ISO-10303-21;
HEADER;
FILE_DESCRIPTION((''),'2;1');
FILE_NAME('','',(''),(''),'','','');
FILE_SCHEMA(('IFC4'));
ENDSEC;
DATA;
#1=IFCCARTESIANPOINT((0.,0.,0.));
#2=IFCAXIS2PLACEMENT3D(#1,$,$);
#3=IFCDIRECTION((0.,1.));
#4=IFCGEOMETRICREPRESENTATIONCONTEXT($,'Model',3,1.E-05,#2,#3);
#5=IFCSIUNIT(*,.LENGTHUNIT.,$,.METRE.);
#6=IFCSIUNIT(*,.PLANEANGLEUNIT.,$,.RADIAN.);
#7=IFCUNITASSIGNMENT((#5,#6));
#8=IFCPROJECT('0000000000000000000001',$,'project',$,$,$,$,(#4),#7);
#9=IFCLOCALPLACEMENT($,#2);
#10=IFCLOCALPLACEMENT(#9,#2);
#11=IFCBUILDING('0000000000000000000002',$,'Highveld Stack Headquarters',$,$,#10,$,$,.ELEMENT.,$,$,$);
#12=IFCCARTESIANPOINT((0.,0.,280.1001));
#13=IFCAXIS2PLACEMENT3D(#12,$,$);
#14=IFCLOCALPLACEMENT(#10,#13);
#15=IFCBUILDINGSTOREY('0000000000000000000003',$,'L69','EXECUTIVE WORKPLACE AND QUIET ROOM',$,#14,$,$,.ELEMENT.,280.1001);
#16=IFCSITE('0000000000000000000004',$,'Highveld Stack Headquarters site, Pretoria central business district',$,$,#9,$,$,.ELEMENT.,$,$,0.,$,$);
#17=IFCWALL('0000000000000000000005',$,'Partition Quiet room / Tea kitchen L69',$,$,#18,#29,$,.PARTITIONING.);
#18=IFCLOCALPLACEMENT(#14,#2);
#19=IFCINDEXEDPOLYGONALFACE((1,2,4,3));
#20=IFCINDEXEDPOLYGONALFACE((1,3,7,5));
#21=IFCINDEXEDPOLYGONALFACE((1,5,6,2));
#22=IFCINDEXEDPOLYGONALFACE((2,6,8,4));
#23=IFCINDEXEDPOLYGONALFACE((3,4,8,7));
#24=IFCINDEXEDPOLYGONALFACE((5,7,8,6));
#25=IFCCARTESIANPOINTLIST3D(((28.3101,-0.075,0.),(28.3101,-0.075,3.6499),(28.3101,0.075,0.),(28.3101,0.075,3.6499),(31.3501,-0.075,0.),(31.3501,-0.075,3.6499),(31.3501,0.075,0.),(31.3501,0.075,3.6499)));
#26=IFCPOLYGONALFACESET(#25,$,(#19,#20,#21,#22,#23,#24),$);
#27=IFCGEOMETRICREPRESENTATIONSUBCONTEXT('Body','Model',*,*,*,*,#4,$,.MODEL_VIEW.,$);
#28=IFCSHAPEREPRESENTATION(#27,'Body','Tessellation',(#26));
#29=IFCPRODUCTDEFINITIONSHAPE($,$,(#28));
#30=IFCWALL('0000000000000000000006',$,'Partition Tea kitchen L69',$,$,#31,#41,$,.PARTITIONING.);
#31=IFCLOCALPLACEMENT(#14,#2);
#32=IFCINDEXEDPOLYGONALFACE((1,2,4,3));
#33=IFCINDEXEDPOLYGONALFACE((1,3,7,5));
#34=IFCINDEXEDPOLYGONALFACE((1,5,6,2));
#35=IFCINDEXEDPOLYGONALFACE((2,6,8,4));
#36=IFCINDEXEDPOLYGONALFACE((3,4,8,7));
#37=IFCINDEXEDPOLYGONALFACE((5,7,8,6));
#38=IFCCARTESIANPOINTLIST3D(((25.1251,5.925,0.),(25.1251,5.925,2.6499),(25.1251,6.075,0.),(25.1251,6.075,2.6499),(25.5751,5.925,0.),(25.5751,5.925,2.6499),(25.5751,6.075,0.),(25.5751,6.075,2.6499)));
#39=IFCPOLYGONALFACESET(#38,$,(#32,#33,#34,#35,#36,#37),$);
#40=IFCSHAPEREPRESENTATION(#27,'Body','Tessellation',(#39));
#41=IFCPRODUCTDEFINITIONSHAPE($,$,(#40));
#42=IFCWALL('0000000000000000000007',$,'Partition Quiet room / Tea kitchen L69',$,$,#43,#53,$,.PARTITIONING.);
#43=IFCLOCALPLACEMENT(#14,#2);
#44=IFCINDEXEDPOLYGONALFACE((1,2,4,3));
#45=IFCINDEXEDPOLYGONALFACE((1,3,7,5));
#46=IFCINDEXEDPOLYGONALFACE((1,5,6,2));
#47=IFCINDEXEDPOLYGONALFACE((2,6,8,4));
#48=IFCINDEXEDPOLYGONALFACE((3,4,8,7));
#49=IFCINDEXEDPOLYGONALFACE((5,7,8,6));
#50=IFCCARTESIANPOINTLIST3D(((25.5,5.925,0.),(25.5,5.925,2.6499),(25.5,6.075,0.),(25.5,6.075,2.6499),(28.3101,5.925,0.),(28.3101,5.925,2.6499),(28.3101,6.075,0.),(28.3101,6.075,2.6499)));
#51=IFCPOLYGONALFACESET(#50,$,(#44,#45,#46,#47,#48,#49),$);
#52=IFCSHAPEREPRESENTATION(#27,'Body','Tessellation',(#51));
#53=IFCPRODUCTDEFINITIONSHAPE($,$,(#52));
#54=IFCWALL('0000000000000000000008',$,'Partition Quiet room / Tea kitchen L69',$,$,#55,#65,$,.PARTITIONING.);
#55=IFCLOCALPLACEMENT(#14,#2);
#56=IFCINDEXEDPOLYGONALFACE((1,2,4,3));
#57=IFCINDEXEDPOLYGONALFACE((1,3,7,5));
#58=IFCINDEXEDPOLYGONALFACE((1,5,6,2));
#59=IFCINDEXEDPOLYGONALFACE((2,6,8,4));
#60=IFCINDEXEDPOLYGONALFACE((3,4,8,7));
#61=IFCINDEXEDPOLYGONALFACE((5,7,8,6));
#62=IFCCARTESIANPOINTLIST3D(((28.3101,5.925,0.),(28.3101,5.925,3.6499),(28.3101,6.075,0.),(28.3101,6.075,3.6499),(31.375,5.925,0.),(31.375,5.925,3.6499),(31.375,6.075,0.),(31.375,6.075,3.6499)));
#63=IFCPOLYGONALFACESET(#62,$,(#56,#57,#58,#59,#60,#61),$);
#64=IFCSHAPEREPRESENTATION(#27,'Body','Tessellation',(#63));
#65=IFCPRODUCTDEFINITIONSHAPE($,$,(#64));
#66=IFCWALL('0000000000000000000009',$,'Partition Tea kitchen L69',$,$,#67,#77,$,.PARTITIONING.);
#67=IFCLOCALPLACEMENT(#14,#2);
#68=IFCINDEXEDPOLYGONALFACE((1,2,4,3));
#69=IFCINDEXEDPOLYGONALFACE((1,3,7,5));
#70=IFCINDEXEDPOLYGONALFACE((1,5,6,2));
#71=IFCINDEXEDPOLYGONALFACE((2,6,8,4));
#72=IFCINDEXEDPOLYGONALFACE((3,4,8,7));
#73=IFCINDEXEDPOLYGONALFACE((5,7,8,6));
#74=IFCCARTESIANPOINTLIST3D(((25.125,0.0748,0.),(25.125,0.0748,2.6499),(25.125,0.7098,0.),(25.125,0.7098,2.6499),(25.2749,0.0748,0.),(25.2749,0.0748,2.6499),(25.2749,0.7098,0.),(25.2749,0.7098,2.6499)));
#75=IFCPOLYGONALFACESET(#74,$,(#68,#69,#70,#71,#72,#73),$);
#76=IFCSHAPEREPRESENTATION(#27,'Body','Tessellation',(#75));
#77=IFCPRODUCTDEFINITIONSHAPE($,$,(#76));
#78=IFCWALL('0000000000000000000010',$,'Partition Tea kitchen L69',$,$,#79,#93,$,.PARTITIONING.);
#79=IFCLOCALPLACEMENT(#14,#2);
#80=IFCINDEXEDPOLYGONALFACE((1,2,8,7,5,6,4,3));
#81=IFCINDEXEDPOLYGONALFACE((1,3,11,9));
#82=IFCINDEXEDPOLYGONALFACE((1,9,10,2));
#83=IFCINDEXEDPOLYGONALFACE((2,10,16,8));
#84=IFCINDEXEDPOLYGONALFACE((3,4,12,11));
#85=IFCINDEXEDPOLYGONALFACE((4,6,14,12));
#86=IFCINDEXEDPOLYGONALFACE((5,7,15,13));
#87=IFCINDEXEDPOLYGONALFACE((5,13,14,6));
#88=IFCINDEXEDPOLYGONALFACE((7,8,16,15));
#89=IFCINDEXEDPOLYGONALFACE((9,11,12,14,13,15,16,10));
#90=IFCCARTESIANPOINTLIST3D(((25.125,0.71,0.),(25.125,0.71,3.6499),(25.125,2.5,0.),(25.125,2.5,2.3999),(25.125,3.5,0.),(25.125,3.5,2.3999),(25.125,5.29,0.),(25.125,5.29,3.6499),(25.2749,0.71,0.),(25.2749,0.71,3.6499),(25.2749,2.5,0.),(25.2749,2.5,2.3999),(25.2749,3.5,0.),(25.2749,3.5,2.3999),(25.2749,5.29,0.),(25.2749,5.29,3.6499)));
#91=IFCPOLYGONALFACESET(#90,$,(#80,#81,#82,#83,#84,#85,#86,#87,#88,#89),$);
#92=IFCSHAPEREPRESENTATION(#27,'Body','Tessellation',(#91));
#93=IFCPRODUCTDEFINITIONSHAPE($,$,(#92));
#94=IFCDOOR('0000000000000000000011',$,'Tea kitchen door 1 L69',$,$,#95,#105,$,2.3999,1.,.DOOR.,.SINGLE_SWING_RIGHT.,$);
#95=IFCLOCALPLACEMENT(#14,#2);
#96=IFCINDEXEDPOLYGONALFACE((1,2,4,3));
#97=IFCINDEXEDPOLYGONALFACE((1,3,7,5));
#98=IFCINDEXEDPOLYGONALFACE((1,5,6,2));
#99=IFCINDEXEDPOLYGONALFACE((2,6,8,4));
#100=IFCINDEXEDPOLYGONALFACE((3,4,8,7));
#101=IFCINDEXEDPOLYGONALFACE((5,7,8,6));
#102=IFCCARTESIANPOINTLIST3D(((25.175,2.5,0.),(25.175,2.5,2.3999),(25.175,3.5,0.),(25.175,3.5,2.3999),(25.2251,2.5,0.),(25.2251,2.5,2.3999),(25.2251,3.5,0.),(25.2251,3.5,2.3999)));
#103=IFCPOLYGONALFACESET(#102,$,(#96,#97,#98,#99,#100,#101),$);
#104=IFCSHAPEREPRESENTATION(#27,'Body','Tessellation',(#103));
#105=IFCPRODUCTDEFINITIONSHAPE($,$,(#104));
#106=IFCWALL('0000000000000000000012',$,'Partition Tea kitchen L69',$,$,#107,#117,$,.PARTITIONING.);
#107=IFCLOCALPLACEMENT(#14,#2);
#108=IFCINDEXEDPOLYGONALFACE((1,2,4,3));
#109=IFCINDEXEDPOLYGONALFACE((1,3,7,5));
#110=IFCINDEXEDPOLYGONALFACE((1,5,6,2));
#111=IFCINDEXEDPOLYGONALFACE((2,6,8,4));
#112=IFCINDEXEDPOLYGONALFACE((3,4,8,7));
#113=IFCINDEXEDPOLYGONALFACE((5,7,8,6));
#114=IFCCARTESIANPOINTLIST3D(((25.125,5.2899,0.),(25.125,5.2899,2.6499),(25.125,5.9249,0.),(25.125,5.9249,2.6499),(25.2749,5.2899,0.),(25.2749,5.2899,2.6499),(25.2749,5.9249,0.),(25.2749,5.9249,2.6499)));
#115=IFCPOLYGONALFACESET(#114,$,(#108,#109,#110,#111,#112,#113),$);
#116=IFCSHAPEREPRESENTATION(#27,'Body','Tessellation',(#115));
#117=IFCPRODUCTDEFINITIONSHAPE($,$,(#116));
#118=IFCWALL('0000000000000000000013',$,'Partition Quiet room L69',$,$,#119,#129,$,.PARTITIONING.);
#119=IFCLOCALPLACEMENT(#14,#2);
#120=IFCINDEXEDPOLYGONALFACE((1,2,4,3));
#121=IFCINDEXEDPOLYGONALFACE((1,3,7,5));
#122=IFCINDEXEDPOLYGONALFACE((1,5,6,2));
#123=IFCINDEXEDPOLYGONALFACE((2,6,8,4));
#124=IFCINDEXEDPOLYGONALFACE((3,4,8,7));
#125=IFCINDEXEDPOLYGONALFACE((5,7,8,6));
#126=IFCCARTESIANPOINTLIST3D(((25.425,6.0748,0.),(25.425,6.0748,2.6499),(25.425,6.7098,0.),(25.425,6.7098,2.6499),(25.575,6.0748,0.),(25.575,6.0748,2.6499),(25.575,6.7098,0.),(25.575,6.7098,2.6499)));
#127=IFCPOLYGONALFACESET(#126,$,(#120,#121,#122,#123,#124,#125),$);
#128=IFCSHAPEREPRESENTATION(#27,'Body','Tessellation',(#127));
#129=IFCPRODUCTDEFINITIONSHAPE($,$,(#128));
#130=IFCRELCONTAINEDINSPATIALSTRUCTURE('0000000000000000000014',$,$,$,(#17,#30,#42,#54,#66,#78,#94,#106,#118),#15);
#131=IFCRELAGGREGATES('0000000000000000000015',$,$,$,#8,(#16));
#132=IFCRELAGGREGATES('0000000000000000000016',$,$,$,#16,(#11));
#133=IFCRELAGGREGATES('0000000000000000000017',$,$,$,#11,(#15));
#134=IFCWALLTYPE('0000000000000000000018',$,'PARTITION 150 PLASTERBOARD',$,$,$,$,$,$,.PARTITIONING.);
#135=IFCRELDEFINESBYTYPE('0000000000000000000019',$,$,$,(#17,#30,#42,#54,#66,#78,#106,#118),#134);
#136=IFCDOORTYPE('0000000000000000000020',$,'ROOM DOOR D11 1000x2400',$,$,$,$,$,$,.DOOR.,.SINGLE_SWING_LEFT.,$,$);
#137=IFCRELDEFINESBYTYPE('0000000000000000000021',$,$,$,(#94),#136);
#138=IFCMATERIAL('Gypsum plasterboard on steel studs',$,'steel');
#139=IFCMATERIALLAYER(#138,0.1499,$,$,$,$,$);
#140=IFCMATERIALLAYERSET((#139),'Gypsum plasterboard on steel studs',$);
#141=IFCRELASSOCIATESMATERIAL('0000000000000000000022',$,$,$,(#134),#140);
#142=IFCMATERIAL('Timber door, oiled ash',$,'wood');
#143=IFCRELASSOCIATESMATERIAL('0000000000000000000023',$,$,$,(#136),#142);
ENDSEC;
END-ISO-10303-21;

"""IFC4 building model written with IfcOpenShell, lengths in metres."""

from ifc_helpers import new_model, si_unit, direction, frame, frame_2d, origin, place, context, subcontext, project, spatial, rectangle, extrude, material, layer, layer_set, type_object, element, fill, save


model = new_model("IFC4")

# Units and contexts
model_context = context("Model", 3, precision=1e-05, world=origin(), true_north=direction((0.0, 1.0)))
body_context = subcontext(model_context, "Body", "Model", "MODEL_VIEW")
ifc_project = project(units=[si_unit("LENGTHUNIT", "METRE"), si_unit("PLANEANGLEUNIT", "RADIAN")], contexts=[model_context])

# Site, building, storey
site_placement = place(None, origin())
site = spatial("IfcSite", under=ifc_project, at=site_placement, Name="Highveld Stack Headquarters site, Pretoria central business district", CompositionType="ELEMENT", RefElevation=0.0)
building_placement = place(site_placement, origin())
building = spatial("IfcBuilding", under=site, at=building_placement, Name="Highveld Stack Headquarters", CompositionType="ELEMENT")
storey_placement = place(building_placement, frame((0.0, 0.0, 280.1001)))
storey = spatial("IfcBuildingStorey", under=building, at=storey_placement, Name="L69", Description="EXECUTIVE WORKPLACE AND QUIET ROOM", CompositionType="ELEMENT", Elevation=280.1001)

# Walls
ifc_material_1 = material(Name="Gypsum plasterboard on steel studs", Category="steel")
ifc_layer_1 = layer(ifc_material_1, 0.1499)
ifc_layer_set_1 = layer_set([ifc_layer_1], Name="Gypsum plasterboard on steel studs")
wall_type = type_object("IfcWallType", Name="PARTITION 150 PLASTERBOARD", PredefinedType="PARTITIONING", material=ifc_layer_set_1)
wall_1_placement = place(storey_placement, frame((28.3101, 0.0, 0.0), z_axis=(0.0, 0.0, 1.0), x_axis=(1.0, 0.0, 0.0)))
element("IfcWall", 1, at=wall_1_placement, inside=storey, type_object=wall_type, Name="Partition Quiet room / Tea kitchen L69", PredefinedType="PARTITIONING", context=body_context, shape_type="SweptSolid", body=[
    extrude(rectangle(XDim=3.04, YDim=0.1499, at=frame_2d((1.52, 0.0))), origin(), (0.0, 0.0, 1.0), 3.6499),
])
wall_2_placement = place(storey_placement, frame((25.125, 6.0, 0.0), z_axis=(0.0, 0.0, 1.0), x_axis=(1.0, 0.0, 0.0)))
element("IfcWall", 2, at=wall_2_placement, inside=storey, type_object=wall_type, Name="Partition Tea kitchen L69", PredefinedType="PARTITIONING", context=body_context, shape_type="SweptSolid", body=[
    extrude(rectangle(XDim=0.45, YDim=0.1499, at=frame_2d((0.2251, 0.0))), origin(), (0.0, 0.0, 1.0), 2.6499),
])
wall_3_placement = place(storey_placement, frame((25.5, 6.0, 0.0), z_axis=(0.0, 0.0, 1.0), x_axis=(1.0, 0.0, 0.0)))
element("IfcWall", 3, at=wall_3_placement, inside=storey, type_object=wall_type, Name="Partition Quiet room / Tea kitchen L69", PredefinedType="PARTITIONING", context=body_context, shape_type="SweptSolid", body=[
    extrude(rectangle(XDim=2.8101, YDim=0.1499, at=frame_2d((1.405, 0.0))), origin(), (0.0, 0.0, 1.0), 2.6499),
])
wall_4_placement = place(storey_placement, frame((28.3101, 6.0, 0.0), z_axis=(0.0, 0.0, 1.0), x_axis=(1.0, 0.0, 0.0)))
element("IfcWall", 4, at=wall_4_placement, inside=storey, type_object=wall_type, Name="Partition Quiet room / Tea kitchen L69", PredefinedType="PARTITIONING", context=body_context, shape_type="SweptSolid", body=[
    extrude(rectangle(XDim=3.0649, YDim=0.1499, at=frame_2d((1.5325, 0.0))), origin(), (0.0, 0.0, 1.0), 3.6499),
])
wall_5_placement = place(storey_placement, frame((25.2, 0.075, 0.0), z_axis=(0.0, 0.0, 1.0), x_axis=(0.0, 1.0, 0.0)))
element("IfcWall", 5, at=wall_5_placement, inside=storey, type_object=wall_type, Name="Partition Tea kitchen L69", PredefinedType="PARTITIONING", context=body_context, shape_type="SweptSolid", body=[
    extrude(rectangle(XDim=0.635, YDim=0.1499, at=frame_2d((0.3174, 0.0))), origin(), (0.0, 0.0, 1.0), 2.6499),
])

# Wall, opening, door
wall_6_placement = place(storey_placement, frame((25.2, 0.71, 0.0), z_axis=(0.0, 0.0, 1.0), x_axis=(0.0, 1.0, 0.0)))
wall_6 = element("IfcWall", 6, at=wall_6_placement, inside=storey, type_object=wall_type, Name="Partition Tea kitchen L69", PredefinedType="PARTITIONING", context=body_context, shape_type="SweptSolid", body=[
    extrude(rectangle(XDim=4.5801, YDim=0.1499, at=frame_2d((2.29, 0.0))), origin(), (0.0, 0.0, 1.0), 3.6499),
])
opening_placement = place(wall_6_placement, frame((1.79, 0.0, 0.0)))
opening = element("IfcOpeningElement", 7, at=opening_placement, cuts=wall_6, PredefinedType="OPENING", context=body_context, shape_type="SweptSolid", body=[
    extrude(rectangle(XDim=1.0, YDim=2.3999, at=frame_2d((0.5, 1.2))), frame((0.0, 0.085, 0.0), z_axis=(0.0, -1.0, 0.0), x_axis=(1.0, 0.0, 0.0)), (0.0, 0.0, 1.0), 0.1699),
])
ifc_material_2 = material(Name="Timber door, oiled ash", Category="wood")
door_type = type_object("IfcDoorType", Name="ROOM DOOR D11 1000x2400", OperationType="SINGLE_SWING_LEFT", PredefinedType="DOOR", material=ifc_material_2)
door_placement = place(opening_placement, origin())
door = element("IfcDoor", 8, at=door_placement, inside=storey, type_object=door_type, Name="Tea kitchen door 1 L69", OperationType="SINGLE_SWING_RIGHT", OverallHeight=2.3999, OverallWidth=1.0, PredefinedType="DOOR", context=body_context, shape_type="SweptSolid", body=[
    extrude(rectangle(XDim=1.0, YDim=2.3999, at=frame_2d((0.5, 1.2))), frame((0.0, 0.0249, 0.0), z_axis=(0.0, -1.0, 0.0), x_axis=(1.0, 0.0, 0.0)), (0.0, 0.0, 1.0), 0.05),
])
fill(opening, door)

# Walls
for number, where, z_axis, x_axis, name in (
    (9, (25.2, 5.29, 0.0), (0.0, 0.0, 1.0), (0.0, 1.0, 0.0), "Partition Tea kitchen L69"),
    (10, (25.5, 6.075, 0.0), (0.0, 0.0, 1.0), (0.0, 1.0, 0.0), "Partition Quiet room L69"),
):
    element("IfcWall", number, at=place(storey_placement, frame(where, z_axis=z_axis, x_axis=x_axis)), inside=storey, type_object=wall_type, Name=name, PredefinedType="PARTITIONING", context=body_context, shape_type="SweptSolid", body=[
        extrude(rectangle(XDim=0.635, YDim=0.1499, at=frame_2d((0.3174, 0.0))), origin(), (0.0, 0.0, 1.0), 2.6499),
    ])

save(model, "model.ifc")
